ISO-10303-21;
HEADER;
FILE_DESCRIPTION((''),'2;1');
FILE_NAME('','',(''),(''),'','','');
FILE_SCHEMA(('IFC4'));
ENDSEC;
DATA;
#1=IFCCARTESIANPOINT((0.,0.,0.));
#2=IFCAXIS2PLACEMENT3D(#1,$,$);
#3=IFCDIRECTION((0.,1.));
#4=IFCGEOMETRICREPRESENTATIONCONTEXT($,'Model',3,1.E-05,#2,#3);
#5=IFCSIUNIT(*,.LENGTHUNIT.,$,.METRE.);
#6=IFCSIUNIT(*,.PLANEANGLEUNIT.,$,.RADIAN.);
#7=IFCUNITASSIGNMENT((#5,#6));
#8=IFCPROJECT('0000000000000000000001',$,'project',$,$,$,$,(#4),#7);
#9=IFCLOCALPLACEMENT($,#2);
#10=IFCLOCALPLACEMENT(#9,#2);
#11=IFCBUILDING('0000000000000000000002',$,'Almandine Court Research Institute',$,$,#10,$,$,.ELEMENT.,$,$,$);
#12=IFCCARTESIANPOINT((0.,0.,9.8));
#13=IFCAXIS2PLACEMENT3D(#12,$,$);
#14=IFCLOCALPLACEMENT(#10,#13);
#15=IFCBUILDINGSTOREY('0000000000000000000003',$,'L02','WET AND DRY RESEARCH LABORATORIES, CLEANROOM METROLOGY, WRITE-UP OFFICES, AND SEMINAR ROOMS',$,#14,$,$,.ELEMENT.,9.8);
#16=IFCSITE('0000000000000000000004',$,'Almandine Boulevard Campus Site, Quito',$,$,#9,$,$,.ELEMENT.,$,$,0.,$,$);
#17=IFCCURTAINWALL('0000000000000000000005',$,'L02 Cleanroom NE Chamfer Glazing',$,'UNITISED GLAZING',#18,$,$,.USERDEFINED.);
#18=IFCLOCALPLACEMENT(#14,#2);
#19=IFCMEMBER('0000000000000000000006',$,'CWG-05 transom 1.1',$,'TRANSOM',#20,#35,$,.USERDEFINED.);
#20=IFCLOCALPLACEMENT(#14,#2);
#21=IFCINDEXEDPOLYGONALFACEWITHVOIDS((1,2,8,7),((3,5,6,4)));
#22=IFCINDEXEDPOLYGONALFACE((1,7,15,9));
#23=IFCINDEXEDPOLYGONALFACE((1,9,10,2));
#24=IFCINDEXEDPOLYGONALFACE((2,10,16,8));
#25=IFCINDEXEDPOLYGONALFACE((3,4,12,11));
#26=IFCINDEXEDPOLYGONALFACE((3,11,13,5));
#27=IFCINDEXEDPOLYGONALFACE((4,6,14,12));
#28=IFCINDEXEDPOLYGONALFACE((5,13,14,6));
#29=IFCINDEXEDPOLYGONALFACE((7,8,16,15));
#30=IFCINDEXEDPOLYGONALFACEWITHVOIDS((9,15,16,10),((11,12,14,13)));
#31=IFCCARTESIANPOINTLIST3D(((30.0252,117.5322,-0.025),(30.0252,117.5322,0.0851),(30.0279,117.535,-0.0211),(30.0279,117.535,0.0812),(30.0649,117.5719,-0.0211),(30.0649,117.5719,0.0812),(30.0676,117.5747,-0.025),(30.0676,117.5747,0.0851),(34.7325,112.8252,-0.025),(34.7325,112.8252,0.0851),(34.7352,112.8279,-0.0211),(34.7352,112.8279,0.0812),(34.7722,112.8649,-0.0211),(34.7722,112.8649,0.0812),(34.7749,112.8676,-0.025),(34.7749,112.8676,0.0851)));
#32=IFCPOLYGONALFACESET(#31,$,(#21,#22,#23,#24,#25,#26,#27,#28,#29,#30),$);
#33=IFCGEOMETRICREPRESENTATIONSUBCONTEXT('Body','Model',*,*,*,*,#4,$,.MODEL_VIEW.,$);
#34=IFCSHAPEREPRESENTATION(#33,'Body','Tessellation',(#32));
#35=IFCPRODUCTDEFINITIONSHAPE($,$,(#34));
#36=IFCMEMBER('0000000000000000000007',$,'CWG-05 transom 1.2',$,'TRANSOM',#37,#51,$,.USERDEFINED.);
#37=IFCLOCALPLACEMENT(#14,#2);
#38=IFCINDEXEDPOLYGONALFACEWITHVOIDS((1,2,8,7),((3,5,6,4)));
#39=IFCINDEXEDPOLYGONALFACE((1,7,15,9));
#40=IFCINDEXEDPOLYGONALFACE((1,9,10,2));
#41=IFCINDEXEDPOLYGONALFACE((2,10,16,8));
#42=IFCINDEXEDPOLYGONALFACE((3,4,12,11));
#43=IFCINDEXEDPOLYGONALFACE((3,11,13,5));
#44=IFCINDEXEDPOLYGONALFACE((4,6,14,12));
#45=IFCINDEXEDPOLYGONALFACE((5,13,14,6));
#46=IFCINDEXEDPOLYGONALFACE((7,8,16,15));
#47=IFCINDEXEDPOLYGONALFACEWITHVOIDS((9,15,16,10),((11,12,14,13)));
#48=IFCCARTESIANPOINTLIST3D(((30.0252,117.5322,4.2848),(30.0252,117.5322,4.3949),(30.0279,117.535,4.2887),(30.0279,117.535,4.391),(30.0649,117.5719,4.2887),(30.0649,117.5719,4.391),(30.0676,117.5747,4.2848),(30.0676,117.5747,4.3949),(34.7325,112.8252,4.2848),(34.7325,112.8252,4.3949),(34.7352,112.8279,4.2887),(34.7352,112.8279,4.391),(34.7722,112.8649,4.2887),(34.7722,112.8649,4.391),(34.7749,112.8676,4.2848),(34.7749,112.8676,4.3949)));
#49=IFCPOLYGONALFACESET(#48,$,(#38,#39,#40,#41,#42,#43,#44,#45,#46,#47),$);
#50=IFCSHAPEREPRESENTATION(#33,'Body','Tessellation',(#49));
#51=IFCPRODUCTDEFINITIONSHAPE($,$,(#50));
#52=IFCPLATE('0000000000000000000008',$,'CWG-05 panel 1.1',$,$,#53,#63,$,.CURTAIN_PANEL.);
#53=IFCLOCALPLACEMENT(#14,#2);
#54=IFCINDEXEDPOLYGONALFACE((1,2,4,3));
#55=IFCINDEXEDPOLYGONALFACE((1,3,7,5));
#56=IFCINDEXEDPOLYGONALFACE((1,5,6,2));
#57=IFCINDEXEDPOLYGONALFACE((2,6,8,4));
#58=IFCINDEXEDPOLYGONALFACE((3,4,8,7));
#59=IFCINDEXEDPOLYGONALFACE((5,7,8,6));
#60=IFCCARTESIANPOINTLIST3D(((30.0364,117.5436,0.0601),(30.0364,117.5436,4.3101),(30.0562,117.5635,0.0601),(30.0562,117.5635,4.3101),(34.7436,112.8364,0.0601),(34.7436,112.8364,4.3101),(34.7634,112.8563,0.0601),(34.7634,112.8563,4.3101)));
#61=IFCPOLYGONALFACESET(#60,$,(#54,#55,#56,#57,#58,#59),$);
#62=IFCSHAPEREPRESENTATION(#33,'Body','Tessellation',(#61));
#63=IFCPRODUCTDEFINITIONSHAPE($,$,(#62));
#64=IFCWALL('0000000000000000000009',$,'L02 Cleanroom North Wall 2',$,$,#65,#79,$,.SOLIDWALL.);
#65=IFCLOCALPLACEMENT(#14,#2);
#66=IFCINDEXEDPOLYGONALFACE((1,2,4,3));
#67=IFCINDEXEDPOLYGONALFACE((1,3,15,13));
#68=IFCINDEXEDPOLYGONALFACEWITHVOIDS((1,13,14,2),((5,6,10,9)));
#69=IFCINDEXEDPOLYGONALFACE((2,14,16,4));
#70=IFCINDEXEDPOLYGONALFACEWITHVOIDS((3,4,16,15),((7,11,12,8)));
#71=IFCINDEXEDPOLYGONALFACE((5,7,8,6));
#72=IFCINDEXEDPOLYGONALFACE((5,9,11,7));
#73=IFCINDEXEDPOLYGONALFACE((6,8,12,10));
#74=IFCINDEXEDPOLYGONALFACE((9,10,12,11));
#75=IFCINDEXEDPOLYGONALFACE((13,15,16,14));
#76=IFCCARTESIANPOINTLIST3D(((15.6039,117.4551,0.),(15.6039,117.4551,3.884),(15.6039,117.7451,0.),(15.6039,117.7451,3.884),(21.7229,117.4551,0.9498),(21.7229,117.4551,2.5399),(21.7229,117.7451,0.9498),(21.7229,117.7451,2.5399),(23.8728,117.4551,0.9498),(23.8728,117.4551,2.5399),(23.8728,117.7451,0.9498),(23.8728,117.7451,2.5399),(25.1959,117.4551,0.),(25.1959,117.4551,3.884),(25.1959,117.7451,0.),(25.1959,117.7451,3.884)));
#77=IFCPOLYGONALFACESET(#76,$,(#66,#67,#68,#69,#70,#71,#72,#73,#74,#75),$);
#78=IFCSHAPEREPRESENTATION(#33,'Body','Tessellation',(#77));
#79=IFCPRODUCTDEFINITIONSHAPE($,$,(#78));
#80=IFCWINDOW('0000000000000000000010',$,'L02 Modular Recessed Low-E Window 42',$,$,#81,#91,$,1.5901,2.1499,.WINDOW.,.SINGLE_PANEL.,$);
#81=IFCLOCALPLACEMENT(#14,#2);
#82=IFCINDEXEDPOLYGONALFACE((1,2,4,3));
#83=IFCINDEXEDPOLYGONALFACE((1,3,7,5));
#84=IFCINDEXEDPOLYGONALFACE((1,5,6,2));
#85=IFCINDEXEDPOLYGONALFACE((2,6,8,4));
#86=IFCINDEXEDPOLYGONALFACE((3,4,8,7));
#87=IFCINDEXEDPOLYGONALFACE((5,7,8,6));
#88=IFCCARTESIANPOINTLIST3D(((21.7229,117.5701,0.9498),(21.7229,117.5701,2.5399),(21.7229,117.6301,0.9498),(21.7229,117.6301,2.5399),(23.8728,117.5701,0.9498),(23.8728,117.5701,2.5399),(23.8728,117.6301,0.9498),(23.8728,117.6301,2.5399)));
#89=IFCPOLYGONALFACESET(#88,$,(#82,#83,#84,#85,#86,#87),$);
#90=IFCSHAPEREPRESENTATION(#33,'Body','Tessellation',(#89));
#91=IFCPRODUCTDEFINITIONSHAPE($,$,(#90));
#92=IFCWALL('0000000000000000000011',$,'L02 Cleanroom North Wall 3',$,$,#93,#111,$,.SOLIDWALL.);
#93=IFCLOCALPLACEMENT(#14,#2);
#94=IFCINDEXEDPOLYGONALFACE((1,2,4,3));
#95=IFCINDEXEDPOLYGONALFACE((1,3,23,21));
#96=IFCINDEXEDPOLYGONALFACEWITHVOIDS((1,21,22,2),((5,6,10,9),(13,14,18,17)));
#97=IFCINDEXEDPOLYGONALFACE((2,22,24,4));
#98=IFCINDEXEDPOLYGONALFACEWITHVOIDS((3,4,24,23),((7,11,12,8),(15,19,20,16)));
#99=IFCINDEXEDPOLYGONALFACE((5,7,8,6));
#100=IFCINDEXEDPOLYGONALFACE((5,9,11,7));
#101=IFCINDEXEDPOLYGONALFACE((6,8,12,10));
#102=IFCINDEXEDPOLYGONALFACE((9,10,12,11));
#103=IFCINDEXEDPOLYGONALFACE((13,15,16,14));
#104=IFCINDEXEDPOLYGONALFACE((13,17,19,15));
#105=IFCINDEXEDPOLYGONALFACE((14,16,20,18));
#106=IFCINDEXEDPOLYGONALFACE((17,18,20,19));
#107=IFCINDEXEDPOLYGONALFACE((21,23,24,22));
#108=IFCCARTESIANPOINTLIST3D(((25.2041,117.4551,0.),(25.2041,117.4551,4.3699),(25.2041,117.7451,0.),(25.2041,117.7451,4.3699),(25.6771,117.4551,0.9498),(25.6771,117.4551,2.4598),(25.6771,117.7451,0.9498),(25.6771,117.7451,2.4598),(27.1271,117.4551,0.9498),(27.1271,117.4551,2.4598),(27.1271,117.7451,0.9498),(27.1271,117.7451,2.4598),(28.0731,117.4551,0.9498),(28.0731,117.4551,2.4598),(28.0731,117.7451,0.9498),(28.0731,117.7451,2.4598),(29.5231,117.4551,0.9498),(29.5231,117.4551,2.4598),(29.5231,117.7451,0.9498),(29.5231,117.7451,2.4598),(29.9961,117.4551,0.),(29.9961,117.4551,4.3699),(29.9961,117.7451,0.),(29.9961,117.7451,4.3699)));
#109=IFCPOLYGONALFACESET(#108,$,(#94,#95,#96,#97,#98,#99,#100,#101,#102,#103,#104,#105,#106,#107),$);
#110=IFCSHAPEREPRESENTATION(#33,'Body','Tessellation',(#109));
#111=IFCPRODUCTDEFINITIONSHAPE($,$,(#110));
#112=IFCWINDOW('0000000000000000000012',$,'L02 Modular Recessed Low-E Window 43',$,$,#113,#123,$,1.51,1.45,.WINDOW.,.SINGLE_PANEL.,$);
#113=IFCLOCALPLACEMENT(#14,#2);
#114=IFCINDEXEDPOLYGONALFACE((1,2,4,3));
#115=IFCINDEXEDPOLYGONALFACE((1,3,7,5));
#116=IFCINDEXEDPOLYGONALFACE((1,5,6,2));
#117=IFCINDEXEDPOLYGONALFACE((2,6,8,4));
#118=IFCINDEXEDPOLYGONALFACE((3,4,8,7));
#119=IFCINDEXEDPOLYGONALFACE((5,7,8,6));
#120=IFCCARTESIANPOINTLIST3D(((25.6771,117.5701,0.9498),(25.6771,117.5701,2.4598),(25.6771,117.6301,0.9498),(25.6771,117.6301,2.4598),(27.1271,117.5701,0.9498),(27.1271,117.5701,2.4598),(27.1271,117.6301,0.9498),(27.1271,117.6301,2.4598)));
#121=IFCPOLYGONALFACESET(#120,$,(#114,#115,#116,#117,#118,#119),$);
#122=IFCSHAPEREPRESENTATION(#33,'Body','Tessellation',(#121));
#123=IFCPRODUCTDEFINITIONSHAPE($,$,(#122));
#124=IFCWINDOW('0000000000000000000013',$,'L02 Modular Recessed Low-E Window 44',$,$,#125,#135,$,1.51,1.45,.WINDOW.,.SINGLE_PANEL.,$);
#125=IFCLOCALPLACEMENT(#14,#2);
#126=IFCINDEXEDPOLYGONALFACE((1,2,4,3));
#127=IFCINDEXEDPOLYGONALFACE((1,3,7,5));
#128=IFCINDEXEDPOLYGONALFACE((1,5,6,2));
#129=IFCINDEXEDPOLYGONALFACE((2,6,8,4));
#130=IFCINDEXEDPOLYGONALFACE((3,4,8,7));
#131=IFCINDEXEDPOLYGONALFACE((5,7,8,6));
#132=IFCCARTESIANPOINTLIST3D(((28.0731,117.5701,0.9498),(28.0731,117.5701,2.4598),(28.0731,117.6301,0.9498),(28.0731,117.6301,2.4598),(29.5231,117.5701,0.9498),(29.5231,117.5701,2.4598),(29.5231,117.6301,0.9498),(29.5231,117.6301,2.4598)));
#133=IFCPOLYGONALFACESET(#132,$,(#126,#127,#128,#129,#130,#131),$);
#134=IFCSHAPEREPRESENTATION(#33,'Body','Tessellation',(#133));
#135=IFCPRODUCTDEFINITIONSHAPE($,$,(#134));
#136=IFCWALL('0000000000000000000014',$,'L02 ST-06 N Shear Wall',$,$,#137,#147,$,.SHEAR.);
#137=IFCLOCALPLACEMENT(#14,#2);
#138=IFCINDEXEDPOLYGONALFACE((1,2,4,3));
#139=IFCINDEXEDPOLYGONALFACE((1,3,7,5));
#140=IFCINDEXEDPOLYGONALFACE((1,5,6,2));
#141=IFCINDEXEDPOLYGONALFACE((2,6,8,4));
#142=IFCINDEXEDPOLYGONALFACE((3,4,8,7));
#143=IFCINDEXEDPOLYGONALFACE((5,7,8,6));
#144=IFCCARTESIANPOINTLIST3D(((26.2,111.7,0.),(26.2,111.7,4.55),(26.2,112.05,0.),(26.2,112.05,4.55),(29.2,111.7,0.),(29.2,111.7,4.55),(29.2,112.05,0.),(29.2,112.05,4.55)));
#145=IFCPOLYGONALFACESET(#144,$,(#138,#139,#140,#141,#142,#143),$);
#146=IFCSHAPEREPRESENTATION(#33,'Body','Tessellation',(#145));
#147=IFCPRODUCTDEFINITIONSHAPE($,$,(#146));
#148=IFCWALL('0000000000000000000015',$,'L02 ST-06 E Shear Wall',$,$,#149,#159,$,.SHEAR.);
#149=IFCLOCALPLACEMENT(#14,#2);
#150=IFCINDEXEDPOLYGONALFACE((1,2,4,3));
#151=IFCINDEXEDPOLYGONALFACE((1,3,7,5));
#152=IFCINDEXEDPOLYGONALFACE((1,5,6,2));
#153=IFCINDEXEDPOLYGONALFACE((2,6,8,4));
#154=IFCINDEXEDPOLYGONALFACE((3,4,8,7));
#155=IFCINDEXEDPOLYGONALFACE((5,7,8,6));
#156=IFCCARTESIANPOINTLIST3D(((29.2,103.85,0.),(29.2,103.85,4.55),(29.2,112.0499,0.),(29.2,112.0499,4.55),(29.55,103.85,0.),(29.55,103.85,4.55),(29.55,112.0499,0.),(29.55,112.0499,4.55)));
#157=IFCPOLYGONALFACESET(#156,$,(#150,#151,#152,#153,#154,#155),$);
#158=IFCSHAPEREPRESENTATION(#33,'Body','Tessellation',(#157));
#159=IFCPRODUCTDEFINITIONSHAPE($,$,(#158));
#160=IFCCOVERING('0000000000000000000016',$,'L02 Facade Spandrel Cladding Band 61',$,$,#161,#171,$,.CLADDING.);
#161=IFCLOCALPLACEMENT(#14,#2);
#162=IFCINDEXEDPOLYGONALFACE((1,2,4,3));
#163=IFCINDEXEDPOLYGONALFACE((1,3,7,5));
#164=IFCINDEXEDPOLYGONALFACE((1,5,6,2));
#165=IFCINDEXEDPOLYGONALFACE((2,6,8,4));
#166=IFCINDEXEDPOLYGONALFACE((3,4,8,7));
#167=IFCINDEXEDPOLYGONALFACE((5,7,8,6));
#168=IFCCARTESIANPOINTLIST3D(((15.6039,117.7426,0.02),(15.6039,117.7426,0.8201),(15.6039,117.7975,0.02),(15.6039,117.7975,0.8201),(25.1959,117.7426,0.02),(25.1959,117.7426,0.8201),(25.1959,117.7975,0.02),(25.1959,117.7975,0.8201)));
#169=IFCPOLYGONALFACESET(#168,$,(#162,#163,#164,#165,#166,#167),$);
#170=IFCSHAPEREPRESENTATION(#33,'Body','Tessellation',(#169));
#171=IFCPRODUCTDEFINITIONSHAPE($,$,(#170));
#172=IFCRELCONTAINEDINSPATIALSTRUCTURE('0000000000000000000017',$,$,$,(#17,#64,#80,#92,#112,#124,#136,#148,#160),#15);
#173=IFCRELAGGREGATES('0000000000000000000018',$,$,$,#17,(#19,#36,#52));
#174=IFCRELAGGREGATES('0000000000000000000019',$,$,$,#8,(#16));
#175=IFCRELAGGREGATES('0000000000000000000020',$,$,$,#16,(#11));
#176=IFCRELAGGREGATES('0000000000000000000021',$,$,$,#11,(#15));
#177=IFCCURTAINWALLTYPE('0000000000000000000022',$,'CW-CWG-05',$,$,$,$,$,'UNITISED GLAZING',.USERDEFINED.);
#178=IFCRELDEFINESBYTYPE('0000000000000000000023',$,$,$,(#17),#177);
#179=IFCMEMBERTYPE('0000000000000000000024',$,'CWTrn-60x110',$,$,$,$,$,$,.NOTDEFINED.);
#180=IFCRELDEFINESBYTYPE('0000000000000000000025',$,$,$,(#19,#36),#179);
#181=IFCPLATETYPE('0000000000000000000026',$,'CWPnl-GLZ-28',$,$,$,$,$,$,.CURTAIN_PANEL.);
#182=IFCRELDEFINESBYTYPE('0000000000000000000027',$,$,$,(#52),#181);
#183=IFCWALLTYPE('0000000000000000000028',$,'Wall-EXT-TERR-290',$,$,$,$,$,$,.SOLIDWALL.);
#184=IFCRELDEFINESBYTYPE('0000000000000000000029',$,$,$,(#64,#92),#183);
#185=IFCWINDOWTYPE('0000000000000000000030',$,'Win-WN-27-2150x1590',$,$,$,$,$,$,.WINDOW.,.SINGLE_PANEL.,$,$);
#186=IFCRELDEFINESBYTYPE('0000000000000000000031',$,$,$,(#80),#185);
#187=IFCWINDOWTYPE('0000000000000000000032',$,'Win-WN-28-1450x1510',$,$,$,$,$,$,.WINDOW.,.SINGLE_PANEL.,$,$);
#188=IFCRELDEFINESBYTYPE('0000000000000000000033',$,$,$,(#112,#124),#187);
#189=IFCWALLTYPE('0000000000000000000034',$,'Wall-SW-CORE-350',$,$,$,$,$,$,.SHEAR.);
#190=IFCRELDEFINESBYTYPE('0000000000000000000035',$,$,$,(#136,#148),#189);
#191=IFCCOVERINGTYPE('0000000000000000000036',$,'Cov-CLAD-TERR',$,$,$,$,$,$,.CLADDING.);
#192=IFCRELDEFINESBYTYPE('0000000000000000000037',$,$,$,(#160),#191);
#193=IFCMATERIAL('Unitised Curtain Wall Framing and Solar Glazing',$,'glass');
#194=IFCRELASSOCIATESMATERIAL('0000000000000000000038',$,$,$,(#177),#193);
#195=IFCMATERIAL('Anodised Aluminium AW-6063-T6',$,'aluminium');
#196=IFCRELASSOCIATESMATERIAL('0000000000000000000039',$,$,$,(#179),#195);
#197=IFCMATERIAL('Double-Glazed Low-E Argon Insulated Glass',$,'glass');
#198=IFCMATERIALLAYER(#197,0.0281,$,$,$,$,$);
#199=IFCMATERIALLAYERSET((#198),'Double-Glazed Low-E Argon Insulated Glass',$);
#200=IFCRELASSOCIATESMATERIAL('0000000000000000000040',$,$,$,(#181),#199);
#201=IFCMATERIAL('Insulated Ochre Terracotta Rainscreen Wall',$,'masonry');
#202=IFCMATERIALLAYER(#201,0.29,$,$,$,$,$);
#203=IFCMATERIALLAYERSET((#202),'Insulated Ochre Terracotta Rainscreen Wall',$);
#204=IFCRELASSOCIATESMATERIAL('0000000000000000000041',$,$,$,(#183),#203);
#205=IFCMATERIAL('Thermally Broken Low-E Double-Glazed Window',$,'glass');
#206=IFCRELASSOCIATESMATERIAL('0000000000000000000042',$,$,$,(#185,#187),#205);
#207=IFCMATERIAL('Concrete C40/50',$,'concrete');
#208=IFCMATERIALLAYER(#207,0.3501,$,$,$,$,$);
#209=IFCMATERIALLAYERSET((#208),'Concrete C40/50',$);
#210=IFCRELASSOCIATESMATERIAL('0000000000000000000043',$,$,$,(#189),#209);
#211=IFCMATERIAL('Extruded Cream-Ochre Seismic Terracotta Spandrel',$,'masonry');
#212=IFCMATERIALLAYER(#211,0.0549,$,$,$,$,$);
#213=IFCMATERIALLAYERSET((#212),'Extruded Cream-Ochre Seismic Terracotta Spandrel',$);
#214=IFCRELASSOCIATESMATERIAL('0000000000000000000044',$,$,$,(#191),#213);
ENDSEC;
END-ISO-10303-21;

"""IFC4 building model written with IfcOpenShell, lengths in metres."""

from ifc_helpers import new_model, si_unit, direction, frame, frame_2d, origin, origin_2d, place, context, subcontext, project, spatial, rectangle, hollow_rectangle, extrude, material, layer, layer_set, material_profile, profile_set, type_object, element, fill, aggregate, save


model = new_model("IFC4")

# Units and contexts
model_context = context("Model", 3, precision=1e-05, world=origin(), true_north=direction((0.0, 1.0)))
body_context = subcontext(model_context, "Body", "Model", "MODEL_VIEW")
ifc_project = project(units=[si_unit("LENGTHUNIT", "METRE"), si_unit("PLANEANGLEUNIT", "RADIAN")], contexts=[model_context])

# Site, building, storey
site_placement = place(None, origin())
site = spatial("IfcSite", under=ifc_project, at=site_placement, Name="Almandine Boulevard Campus Site, Quito", CompositionType="ELEMENT", RefElevation=0.0)
building_placement = place(site_placement, origin())
building = spatial("IfcBuilding", under=site, at=building_placement, Name="Almandine Court Research Institute", CompositionType="ELEMENT")
storey_placement = place(building_placement, frame((0.0, 0.0, 9.8)))
storey = spatial("IfcBuildingStorey", under=building, at=storey_placement, Name="L02", Description="WET AND DRY RESEARCH LABORATORIES, CLEANROOM METROLOGY, WRITE-UP OFFICES, AND SEMINAR ROOMS", CompositionType="ELEMENT", Elevation=9.8)

# Curtain wall, members, plate
ifc_material_1 = material(Name="Unitised Curtain Wall Framing and Solar Glazing", Category="glass")
curtain_wall_type = type_object("IfcCurtainWallType", Name="CW-CWG-05", ElementType="UNITISED GLAZING", PredefinedType="USERDEFINED", material=ifc_material_1)
curtain_wall_placement = place(storey_placement, origin())
curtain_wall = element("IfcCurtainWall", 1, at=curtain_wall_placement, inside=storey, type_object=curtain_wall_type, Name="L02 Cleanroom NE Chamfer Glazing", ObjectType="UNITISED GLAZING", PredefinedType="USERDEFINED")
ifc_material_2 = material(Name="Anodised Aluminium AW-6063-T6", Category="aluminium")
ifc_material_profile_1 = material_profile(ifc_material_2, hollow_rectangle(XDim=0.0601, YDim=0.1101, WallThickness=0.0039, at=origin_2d()), Name="ALU RHS 60x110x4")
ifc_profile_set_1 = profile_set([ifc_material_profile_1], Name="Anodised Aluminium AW-6063-T6")
member_type_1 = type_object("IfcMemberType", Name="CWTrn-60x110", PredefinedType="NOTDEFINED", material=ifc_profile_set_1)
member_1_placement = place(storey_placement, frame((30.0464, 117.5535, 0.03), z_axis=(0.707125, -0.707088, 0.0), x_axis=(0.707088, 0.707125, 0.0)))
member_1 = element("IfcMember", 2, at=member_1_placement, type_object=member_type_1, Name="CWG-05 transom 1.1", ObjectType="TRANSOM", PredefinedType="USERDEFINED", context=body_context, shape_type="SweptSolid", body=[
    extrude(hollow_rectangle(XDim=0.0601, YDim=0.1101, WallThickness=0.0039, at=origin_2d()), origin(), (0.0, 0.0, 1.0), 6.657),
])
member_2_placement = place(storey_placement, frame((30.0464, 117.5535, 4.3398), z_axis=(0.707125, -0.707088, 0.0), x_axis=(0.707088, 0.707125, 0.0)))
member_2 = element("IfcMember", 3, at=member_2_placement, type_object=member_type_1, Name="CWG-05 transom 1.2", ObjectType="TRANSOM", PredefinedType="USERDEFINED", context=body_context, shape_type="SweptSolid", body=[
    extrude(hollow_rectangle(XDim=0.0601, YDim=0.1101, WallThickness=0.0039, at=origin_2d()), origin(), (0.0, 0.0, 1.0), 6.657),
])
ifc_material_3 = material(Name="Double-Glazed Low-E Argon Insulated Glass", Category="glass")
ifc_layer_1 = layer(ifc_material_3, 0.0281)
ifc_layer_set_1 = layer_set([ifc_layer_1], Name="Double-Glazed Low-E Argon Insulated Glass")
plate_type = type_object("IfcPlateType", Name="CWPnl-GLZ-28", PredefinedType="CURTAIN_PANEL", material=ifc_layer_set_1)
plate_placement = place(storey_placement, frame((32.3999, 115.2, 0.0601), z_axis=(0.0, 0.0, 1.0), x_axis=(0.707107, -0.707107, 0.0)))
plate = element("IfcPlate", 4, at=plate_placement, type_object=plate_type, Name="CWG-05 panel 1.1", PredefinedType="CURTAIN_PANEL", context=body_context, shape_type="SweptSolid", body=[
    extrude(rectangle(XDim=6.657, YDim=0.0281, at=origin_2d()), origin(), (0.0, 0.0, 1.0), 4.25),
])
aggregate(curtain_wall, [member_1, member_2, plate])

# Wall, opening, window
ifc_material_4 = material(Name="Insulated Ochre Terracotta Rainscreen Wall", Category="masonry")
ifc_layer_2 = layer(ifc_material_4, 0.29)
ifc_layer_set_2 = layer_set([ifc_layer_2], Name="Insulated Ochre Terracotta Rainscreen Wall")
wall_type_1 = type_object("IfcWallType", Name="Wall-EXT-TERR-290", PredefinedType="SOLIDWALL", material=ifc_layer_set_2)
wall_1_placement = place(storey_placement, frame((15.604, 117.6001, 0.0), z_axis=(0.0, 0.0, 1.0), x_axis=(1.0, 0.0, 0.0)))
wall_1 = element("IfcWall", 5, at=wall_1_placement, inside=storey, type_object=wall_type_1, Name="L02 Cleanroom North Wall 2", PredefinedType="SOLIDWALL", context=body_context, shape_type="SweptSolid", body=[
    extrude(rectangle(XDim=9.592, YDim=0.29, at=frame_2d((4.7959, 0.0))), origin(), (0.0, 0.0, 1.0), 3.884),
])
opening_1_placement = place(wall_1_placement, frame((6.1189, 0.0, 0.95)))
opening_1 = element("IfcOpeningElement", 6, at=opening_1_placement, cuts=wall_1, PredefinedType="OPENING", context=body_context, shape_type="SweptSolid", body=[
    extrude(rectangle(XDim=2.1499, YDim=1.5901, at=frame_2d((1.075, 0.7949))), frame((0.0, 0.155, 0.0), z_axis=(0.0, -1.0, 0.0), x_axis=(1.0, 0.0, 0.0)), (0.0, 0.0, 1.0), 0.3101),
])
ifc_material_5 = material(Name="Thermally Broken Low-E Double-Glazed Window", Category="glass")
window_type_1 = type_object("IfcWindowType", Name="Win-WN-27-2150x1590", PartitioningType="SINGLE_PANEL", PredefinedType="WINDOW", material=ifc_material_5)
window_1_placement = place(opening_1_placement, origin())
window_1 = element("IfcWindow", 7, at=window_1_placement, inside=storey, type_object=window_type_1, Name="L02 Modular Recessed Low-E Window 42", OverallHeight=1.5901, OverallWidth=2.1499, PartitioningType="SINGLE_PANEL", PredefinedType="WINDOW", context=body_context, shape_type="SweptSolid", body=[
    extrude(rectangle(XDim=2.1499, YDim=1.5901, at=frame_2d((1.075, 0.7949))), frame((0.0, 0.03, 0.0), z_axis=(0.0, -1.0, 0.0), x_axis=(1.0, 0.0, 0.0)), (0.0, 0.0, 1.0), 0.0601),
])
fill(opening_1, window_1)

# Wall, openings, windows
wall_2_placement = place(storey_placement, frame((25.2041, 117.6001, 0.0), z_axis=(0.0, 0.0, 1.0), x_axis=(1.0, 0.0, 0.0)))
wall_2 = element("IfcWall", 8, at=wall_2_placement, inside=storey, type_object=wall_type_1, Name="L02 Cleanroom North Wall 3", PredefinedType="SOLIDWALL", context=body_context, shape_type="SweptSolid", body=[
    extrude(rectangle(XDim=4.792, YDim=0.29, at=frame_2d((2.396, 0.0))), origin(), (0.0, 0.0, 1.0), 4.3699),
])
opening_2_placement = place(wall_2_placement, frame((0.4729, 0.0, 0.95)))
opening_2 = element("IfcOpeningElement", 9, at=opening_2_placement, cuts=wall_2, PredefinedType="OPENING", context=body_context, shape_type="SweptSolid", body=[
    extrude(rectangle(XDim=1.45, YDim=1.51, at=frame_2d((0.7251, 0.7549))), frame((0.0, 0.155, 0.0), z_axis=(0.0, -1.0, 0.0), x_axis=(1.0, 0.0, 0.0)), (0.0, 0.0, 1.0), 0.3101),
])
opening_3_placement = place(wall_2_placement, frame((2.8689, 0.0, 0.95)))
opening_3 = element("IfcOpeningElement", 10, at=opening_3_placement, cuts=wall_2, PredefinedType="OPENING", context=body_context, shape_type="SweptSolid", body=[
    extrude(rectangle(XDim=1.45, YDim=1.51, at=frame_2d((0.7251, 0.7549))), frame((0.0, 0.155, 0.0), z_axis=(0.0, -1.0, 0.0), x_axis=(1.0, 0.0, 0.0)), (0.0, 0.0, 1.0), 0.3101),
])
window_type_2 = type_object("IfcWindowType", Name="Win-WN-28-1450x1510", PartitioningType="SINGLE_PANEL", PredefinedType="WINDOW", material=ifc_material_5)
window_2_placement = place(opening_2_placement, origin())
window_2 = element("IfcWindow", 11, at=window_2_placement, inside=storey, type_object=window_type_2, Name="L02 Modular Recessed Low-E Window 43", OverallHeight=1.51, OverallWidth=1.45, PartitioningType="SINGLE_PANEL", PredefinedType="WINDOW", context=body_context, shape_type="SweptSolid", body=[
    extrude(rectangle(XDim=1.45, YDim=1.51, at=frame_2d((0.7251, 0.7549))), frame((0.0, 0.03, 0.0), z_axis=(0.0, -1.0, 0.0), x_axis=(1.0, 0.0, 0.0)), (0.0, 0.0, 1.0), 0.0601),
])
fill(opening_2, window_2)
window_3_placement = place(opening_3_placement, origin())
window_3 = element("IfcWindow", 12, at=window_3_placement, inside=storey, type_object=window_type_2, Name="L02 Modular Recessed Low-E Window 44", OverallHeight=1.51, OverallWidth=1.45, PartitioningType="SINGLE_PANEL", PredefinedType="WINDOW", context=body_context, shape_type="SweptSolid", body=[
    extrude(rectangle(XDim=1.45, YDim=1.51, at=frame_2d((0.7251, 0.7549))), frame((0.0, 0.03, 0.0), z_axis=(0.0, -1.0, 0.0), x_axis=(1.0, 0.0, 0.0)), (0.0, 0.0, 1.0), 0.0601),
])
fill(opening_3, window_3)

# Walls
ifc_material_6 = material(Name="Concrete C40/50", Category="concrete")
ifc_layer_3 = layer(ifc_material_6, 0.3501)
ifc_layer_set_3 = layer_set([ifc_layer_3], Name="Concrete C40/50")
wall_type_2 = type_object("IfcWallType", Name="Wall-SW-CORE-350", PredefinedType="SHEAR", material=ifc_layer_set_3)
wall_3_placement = place(storey_placement, frame((26.2, 111.875, 0.0), z_axis=(0.0, 0.0, 1.0), x_axis=(1.0, 0.0, 0.0)))
element("IfcWall", 13, at=wall_3_placement, inside=storey, type_object=wall_type_2, Name="L02 ST-06 N Shear Wall", PredefinedType="SHEAR", context=body_context, shape_type="SweptSolid", body=[
    extrude(rectangle(XDim=3.0, YDim=0.3501, at=frame_2d((1.5, 0.0))), origin(), (0.0, 0.0, 1.0), 4.55),
])
wall_4_placement = place(storey_placement, frame((29.375, 112.05, 0.0), z_axis=(0.0, 0.0, 1.0), x_axis=(0.0, -1.0, 0.0)))
element("IfcWall", 14, at=wall_4_placement, inside=storey, type_object=wall_type_2, Name="L02 ST-06 E Shear Wall", PredefinedType="SHEAR", context=body_context, shape_type="SweptSolid", body=[
    extrude(rectangle(XDim=8.2, YDim=0.3501, at=frame_2d((4.1001, 0.0))), origin(), (0.0, 0.0, 1.0), 4.55),
])

# Covering
ifc_material_7 = material(Name="Extruded Cream-Ochre Seismic Terracotta Spandrel", Category="masonry")
ifc_layer_4 = layer(ifc_material_7, 0.0549)
ifc_layer_set_4 = layer_set([ifc_layer_4], Name="Extruded Cream-Ochre Seismic Terracotta Spandrel")
covering_type = type_object("IfcCoveringType", Name="Cov-CLAD-TERR", PredefinedType="CLADDING", material=ifc_layer_set_4)
covering_1_placement = place(storey_placement, frame((20.3999, 117.77, 0.02), z_axis=(0.0, 0.0, 1.0), x_axis=(1.0, 0.0, 0.0)))
element("IfcCovering", 15, at=covering_1_placement, inside=storey, type_object=covering_type, Name="L02 Facade Spandrel Cladding Band 61", PredefinedType="CLADDING", context=body_context, shape_type="SweptSolid", body=[
    extrude(rectangle(XDim=9.592, YDim=0.0549, at=origin_2d()), origin(), (0.0, 0.0, 1.0), 0.8),
])

save(model, "model.ifc")
